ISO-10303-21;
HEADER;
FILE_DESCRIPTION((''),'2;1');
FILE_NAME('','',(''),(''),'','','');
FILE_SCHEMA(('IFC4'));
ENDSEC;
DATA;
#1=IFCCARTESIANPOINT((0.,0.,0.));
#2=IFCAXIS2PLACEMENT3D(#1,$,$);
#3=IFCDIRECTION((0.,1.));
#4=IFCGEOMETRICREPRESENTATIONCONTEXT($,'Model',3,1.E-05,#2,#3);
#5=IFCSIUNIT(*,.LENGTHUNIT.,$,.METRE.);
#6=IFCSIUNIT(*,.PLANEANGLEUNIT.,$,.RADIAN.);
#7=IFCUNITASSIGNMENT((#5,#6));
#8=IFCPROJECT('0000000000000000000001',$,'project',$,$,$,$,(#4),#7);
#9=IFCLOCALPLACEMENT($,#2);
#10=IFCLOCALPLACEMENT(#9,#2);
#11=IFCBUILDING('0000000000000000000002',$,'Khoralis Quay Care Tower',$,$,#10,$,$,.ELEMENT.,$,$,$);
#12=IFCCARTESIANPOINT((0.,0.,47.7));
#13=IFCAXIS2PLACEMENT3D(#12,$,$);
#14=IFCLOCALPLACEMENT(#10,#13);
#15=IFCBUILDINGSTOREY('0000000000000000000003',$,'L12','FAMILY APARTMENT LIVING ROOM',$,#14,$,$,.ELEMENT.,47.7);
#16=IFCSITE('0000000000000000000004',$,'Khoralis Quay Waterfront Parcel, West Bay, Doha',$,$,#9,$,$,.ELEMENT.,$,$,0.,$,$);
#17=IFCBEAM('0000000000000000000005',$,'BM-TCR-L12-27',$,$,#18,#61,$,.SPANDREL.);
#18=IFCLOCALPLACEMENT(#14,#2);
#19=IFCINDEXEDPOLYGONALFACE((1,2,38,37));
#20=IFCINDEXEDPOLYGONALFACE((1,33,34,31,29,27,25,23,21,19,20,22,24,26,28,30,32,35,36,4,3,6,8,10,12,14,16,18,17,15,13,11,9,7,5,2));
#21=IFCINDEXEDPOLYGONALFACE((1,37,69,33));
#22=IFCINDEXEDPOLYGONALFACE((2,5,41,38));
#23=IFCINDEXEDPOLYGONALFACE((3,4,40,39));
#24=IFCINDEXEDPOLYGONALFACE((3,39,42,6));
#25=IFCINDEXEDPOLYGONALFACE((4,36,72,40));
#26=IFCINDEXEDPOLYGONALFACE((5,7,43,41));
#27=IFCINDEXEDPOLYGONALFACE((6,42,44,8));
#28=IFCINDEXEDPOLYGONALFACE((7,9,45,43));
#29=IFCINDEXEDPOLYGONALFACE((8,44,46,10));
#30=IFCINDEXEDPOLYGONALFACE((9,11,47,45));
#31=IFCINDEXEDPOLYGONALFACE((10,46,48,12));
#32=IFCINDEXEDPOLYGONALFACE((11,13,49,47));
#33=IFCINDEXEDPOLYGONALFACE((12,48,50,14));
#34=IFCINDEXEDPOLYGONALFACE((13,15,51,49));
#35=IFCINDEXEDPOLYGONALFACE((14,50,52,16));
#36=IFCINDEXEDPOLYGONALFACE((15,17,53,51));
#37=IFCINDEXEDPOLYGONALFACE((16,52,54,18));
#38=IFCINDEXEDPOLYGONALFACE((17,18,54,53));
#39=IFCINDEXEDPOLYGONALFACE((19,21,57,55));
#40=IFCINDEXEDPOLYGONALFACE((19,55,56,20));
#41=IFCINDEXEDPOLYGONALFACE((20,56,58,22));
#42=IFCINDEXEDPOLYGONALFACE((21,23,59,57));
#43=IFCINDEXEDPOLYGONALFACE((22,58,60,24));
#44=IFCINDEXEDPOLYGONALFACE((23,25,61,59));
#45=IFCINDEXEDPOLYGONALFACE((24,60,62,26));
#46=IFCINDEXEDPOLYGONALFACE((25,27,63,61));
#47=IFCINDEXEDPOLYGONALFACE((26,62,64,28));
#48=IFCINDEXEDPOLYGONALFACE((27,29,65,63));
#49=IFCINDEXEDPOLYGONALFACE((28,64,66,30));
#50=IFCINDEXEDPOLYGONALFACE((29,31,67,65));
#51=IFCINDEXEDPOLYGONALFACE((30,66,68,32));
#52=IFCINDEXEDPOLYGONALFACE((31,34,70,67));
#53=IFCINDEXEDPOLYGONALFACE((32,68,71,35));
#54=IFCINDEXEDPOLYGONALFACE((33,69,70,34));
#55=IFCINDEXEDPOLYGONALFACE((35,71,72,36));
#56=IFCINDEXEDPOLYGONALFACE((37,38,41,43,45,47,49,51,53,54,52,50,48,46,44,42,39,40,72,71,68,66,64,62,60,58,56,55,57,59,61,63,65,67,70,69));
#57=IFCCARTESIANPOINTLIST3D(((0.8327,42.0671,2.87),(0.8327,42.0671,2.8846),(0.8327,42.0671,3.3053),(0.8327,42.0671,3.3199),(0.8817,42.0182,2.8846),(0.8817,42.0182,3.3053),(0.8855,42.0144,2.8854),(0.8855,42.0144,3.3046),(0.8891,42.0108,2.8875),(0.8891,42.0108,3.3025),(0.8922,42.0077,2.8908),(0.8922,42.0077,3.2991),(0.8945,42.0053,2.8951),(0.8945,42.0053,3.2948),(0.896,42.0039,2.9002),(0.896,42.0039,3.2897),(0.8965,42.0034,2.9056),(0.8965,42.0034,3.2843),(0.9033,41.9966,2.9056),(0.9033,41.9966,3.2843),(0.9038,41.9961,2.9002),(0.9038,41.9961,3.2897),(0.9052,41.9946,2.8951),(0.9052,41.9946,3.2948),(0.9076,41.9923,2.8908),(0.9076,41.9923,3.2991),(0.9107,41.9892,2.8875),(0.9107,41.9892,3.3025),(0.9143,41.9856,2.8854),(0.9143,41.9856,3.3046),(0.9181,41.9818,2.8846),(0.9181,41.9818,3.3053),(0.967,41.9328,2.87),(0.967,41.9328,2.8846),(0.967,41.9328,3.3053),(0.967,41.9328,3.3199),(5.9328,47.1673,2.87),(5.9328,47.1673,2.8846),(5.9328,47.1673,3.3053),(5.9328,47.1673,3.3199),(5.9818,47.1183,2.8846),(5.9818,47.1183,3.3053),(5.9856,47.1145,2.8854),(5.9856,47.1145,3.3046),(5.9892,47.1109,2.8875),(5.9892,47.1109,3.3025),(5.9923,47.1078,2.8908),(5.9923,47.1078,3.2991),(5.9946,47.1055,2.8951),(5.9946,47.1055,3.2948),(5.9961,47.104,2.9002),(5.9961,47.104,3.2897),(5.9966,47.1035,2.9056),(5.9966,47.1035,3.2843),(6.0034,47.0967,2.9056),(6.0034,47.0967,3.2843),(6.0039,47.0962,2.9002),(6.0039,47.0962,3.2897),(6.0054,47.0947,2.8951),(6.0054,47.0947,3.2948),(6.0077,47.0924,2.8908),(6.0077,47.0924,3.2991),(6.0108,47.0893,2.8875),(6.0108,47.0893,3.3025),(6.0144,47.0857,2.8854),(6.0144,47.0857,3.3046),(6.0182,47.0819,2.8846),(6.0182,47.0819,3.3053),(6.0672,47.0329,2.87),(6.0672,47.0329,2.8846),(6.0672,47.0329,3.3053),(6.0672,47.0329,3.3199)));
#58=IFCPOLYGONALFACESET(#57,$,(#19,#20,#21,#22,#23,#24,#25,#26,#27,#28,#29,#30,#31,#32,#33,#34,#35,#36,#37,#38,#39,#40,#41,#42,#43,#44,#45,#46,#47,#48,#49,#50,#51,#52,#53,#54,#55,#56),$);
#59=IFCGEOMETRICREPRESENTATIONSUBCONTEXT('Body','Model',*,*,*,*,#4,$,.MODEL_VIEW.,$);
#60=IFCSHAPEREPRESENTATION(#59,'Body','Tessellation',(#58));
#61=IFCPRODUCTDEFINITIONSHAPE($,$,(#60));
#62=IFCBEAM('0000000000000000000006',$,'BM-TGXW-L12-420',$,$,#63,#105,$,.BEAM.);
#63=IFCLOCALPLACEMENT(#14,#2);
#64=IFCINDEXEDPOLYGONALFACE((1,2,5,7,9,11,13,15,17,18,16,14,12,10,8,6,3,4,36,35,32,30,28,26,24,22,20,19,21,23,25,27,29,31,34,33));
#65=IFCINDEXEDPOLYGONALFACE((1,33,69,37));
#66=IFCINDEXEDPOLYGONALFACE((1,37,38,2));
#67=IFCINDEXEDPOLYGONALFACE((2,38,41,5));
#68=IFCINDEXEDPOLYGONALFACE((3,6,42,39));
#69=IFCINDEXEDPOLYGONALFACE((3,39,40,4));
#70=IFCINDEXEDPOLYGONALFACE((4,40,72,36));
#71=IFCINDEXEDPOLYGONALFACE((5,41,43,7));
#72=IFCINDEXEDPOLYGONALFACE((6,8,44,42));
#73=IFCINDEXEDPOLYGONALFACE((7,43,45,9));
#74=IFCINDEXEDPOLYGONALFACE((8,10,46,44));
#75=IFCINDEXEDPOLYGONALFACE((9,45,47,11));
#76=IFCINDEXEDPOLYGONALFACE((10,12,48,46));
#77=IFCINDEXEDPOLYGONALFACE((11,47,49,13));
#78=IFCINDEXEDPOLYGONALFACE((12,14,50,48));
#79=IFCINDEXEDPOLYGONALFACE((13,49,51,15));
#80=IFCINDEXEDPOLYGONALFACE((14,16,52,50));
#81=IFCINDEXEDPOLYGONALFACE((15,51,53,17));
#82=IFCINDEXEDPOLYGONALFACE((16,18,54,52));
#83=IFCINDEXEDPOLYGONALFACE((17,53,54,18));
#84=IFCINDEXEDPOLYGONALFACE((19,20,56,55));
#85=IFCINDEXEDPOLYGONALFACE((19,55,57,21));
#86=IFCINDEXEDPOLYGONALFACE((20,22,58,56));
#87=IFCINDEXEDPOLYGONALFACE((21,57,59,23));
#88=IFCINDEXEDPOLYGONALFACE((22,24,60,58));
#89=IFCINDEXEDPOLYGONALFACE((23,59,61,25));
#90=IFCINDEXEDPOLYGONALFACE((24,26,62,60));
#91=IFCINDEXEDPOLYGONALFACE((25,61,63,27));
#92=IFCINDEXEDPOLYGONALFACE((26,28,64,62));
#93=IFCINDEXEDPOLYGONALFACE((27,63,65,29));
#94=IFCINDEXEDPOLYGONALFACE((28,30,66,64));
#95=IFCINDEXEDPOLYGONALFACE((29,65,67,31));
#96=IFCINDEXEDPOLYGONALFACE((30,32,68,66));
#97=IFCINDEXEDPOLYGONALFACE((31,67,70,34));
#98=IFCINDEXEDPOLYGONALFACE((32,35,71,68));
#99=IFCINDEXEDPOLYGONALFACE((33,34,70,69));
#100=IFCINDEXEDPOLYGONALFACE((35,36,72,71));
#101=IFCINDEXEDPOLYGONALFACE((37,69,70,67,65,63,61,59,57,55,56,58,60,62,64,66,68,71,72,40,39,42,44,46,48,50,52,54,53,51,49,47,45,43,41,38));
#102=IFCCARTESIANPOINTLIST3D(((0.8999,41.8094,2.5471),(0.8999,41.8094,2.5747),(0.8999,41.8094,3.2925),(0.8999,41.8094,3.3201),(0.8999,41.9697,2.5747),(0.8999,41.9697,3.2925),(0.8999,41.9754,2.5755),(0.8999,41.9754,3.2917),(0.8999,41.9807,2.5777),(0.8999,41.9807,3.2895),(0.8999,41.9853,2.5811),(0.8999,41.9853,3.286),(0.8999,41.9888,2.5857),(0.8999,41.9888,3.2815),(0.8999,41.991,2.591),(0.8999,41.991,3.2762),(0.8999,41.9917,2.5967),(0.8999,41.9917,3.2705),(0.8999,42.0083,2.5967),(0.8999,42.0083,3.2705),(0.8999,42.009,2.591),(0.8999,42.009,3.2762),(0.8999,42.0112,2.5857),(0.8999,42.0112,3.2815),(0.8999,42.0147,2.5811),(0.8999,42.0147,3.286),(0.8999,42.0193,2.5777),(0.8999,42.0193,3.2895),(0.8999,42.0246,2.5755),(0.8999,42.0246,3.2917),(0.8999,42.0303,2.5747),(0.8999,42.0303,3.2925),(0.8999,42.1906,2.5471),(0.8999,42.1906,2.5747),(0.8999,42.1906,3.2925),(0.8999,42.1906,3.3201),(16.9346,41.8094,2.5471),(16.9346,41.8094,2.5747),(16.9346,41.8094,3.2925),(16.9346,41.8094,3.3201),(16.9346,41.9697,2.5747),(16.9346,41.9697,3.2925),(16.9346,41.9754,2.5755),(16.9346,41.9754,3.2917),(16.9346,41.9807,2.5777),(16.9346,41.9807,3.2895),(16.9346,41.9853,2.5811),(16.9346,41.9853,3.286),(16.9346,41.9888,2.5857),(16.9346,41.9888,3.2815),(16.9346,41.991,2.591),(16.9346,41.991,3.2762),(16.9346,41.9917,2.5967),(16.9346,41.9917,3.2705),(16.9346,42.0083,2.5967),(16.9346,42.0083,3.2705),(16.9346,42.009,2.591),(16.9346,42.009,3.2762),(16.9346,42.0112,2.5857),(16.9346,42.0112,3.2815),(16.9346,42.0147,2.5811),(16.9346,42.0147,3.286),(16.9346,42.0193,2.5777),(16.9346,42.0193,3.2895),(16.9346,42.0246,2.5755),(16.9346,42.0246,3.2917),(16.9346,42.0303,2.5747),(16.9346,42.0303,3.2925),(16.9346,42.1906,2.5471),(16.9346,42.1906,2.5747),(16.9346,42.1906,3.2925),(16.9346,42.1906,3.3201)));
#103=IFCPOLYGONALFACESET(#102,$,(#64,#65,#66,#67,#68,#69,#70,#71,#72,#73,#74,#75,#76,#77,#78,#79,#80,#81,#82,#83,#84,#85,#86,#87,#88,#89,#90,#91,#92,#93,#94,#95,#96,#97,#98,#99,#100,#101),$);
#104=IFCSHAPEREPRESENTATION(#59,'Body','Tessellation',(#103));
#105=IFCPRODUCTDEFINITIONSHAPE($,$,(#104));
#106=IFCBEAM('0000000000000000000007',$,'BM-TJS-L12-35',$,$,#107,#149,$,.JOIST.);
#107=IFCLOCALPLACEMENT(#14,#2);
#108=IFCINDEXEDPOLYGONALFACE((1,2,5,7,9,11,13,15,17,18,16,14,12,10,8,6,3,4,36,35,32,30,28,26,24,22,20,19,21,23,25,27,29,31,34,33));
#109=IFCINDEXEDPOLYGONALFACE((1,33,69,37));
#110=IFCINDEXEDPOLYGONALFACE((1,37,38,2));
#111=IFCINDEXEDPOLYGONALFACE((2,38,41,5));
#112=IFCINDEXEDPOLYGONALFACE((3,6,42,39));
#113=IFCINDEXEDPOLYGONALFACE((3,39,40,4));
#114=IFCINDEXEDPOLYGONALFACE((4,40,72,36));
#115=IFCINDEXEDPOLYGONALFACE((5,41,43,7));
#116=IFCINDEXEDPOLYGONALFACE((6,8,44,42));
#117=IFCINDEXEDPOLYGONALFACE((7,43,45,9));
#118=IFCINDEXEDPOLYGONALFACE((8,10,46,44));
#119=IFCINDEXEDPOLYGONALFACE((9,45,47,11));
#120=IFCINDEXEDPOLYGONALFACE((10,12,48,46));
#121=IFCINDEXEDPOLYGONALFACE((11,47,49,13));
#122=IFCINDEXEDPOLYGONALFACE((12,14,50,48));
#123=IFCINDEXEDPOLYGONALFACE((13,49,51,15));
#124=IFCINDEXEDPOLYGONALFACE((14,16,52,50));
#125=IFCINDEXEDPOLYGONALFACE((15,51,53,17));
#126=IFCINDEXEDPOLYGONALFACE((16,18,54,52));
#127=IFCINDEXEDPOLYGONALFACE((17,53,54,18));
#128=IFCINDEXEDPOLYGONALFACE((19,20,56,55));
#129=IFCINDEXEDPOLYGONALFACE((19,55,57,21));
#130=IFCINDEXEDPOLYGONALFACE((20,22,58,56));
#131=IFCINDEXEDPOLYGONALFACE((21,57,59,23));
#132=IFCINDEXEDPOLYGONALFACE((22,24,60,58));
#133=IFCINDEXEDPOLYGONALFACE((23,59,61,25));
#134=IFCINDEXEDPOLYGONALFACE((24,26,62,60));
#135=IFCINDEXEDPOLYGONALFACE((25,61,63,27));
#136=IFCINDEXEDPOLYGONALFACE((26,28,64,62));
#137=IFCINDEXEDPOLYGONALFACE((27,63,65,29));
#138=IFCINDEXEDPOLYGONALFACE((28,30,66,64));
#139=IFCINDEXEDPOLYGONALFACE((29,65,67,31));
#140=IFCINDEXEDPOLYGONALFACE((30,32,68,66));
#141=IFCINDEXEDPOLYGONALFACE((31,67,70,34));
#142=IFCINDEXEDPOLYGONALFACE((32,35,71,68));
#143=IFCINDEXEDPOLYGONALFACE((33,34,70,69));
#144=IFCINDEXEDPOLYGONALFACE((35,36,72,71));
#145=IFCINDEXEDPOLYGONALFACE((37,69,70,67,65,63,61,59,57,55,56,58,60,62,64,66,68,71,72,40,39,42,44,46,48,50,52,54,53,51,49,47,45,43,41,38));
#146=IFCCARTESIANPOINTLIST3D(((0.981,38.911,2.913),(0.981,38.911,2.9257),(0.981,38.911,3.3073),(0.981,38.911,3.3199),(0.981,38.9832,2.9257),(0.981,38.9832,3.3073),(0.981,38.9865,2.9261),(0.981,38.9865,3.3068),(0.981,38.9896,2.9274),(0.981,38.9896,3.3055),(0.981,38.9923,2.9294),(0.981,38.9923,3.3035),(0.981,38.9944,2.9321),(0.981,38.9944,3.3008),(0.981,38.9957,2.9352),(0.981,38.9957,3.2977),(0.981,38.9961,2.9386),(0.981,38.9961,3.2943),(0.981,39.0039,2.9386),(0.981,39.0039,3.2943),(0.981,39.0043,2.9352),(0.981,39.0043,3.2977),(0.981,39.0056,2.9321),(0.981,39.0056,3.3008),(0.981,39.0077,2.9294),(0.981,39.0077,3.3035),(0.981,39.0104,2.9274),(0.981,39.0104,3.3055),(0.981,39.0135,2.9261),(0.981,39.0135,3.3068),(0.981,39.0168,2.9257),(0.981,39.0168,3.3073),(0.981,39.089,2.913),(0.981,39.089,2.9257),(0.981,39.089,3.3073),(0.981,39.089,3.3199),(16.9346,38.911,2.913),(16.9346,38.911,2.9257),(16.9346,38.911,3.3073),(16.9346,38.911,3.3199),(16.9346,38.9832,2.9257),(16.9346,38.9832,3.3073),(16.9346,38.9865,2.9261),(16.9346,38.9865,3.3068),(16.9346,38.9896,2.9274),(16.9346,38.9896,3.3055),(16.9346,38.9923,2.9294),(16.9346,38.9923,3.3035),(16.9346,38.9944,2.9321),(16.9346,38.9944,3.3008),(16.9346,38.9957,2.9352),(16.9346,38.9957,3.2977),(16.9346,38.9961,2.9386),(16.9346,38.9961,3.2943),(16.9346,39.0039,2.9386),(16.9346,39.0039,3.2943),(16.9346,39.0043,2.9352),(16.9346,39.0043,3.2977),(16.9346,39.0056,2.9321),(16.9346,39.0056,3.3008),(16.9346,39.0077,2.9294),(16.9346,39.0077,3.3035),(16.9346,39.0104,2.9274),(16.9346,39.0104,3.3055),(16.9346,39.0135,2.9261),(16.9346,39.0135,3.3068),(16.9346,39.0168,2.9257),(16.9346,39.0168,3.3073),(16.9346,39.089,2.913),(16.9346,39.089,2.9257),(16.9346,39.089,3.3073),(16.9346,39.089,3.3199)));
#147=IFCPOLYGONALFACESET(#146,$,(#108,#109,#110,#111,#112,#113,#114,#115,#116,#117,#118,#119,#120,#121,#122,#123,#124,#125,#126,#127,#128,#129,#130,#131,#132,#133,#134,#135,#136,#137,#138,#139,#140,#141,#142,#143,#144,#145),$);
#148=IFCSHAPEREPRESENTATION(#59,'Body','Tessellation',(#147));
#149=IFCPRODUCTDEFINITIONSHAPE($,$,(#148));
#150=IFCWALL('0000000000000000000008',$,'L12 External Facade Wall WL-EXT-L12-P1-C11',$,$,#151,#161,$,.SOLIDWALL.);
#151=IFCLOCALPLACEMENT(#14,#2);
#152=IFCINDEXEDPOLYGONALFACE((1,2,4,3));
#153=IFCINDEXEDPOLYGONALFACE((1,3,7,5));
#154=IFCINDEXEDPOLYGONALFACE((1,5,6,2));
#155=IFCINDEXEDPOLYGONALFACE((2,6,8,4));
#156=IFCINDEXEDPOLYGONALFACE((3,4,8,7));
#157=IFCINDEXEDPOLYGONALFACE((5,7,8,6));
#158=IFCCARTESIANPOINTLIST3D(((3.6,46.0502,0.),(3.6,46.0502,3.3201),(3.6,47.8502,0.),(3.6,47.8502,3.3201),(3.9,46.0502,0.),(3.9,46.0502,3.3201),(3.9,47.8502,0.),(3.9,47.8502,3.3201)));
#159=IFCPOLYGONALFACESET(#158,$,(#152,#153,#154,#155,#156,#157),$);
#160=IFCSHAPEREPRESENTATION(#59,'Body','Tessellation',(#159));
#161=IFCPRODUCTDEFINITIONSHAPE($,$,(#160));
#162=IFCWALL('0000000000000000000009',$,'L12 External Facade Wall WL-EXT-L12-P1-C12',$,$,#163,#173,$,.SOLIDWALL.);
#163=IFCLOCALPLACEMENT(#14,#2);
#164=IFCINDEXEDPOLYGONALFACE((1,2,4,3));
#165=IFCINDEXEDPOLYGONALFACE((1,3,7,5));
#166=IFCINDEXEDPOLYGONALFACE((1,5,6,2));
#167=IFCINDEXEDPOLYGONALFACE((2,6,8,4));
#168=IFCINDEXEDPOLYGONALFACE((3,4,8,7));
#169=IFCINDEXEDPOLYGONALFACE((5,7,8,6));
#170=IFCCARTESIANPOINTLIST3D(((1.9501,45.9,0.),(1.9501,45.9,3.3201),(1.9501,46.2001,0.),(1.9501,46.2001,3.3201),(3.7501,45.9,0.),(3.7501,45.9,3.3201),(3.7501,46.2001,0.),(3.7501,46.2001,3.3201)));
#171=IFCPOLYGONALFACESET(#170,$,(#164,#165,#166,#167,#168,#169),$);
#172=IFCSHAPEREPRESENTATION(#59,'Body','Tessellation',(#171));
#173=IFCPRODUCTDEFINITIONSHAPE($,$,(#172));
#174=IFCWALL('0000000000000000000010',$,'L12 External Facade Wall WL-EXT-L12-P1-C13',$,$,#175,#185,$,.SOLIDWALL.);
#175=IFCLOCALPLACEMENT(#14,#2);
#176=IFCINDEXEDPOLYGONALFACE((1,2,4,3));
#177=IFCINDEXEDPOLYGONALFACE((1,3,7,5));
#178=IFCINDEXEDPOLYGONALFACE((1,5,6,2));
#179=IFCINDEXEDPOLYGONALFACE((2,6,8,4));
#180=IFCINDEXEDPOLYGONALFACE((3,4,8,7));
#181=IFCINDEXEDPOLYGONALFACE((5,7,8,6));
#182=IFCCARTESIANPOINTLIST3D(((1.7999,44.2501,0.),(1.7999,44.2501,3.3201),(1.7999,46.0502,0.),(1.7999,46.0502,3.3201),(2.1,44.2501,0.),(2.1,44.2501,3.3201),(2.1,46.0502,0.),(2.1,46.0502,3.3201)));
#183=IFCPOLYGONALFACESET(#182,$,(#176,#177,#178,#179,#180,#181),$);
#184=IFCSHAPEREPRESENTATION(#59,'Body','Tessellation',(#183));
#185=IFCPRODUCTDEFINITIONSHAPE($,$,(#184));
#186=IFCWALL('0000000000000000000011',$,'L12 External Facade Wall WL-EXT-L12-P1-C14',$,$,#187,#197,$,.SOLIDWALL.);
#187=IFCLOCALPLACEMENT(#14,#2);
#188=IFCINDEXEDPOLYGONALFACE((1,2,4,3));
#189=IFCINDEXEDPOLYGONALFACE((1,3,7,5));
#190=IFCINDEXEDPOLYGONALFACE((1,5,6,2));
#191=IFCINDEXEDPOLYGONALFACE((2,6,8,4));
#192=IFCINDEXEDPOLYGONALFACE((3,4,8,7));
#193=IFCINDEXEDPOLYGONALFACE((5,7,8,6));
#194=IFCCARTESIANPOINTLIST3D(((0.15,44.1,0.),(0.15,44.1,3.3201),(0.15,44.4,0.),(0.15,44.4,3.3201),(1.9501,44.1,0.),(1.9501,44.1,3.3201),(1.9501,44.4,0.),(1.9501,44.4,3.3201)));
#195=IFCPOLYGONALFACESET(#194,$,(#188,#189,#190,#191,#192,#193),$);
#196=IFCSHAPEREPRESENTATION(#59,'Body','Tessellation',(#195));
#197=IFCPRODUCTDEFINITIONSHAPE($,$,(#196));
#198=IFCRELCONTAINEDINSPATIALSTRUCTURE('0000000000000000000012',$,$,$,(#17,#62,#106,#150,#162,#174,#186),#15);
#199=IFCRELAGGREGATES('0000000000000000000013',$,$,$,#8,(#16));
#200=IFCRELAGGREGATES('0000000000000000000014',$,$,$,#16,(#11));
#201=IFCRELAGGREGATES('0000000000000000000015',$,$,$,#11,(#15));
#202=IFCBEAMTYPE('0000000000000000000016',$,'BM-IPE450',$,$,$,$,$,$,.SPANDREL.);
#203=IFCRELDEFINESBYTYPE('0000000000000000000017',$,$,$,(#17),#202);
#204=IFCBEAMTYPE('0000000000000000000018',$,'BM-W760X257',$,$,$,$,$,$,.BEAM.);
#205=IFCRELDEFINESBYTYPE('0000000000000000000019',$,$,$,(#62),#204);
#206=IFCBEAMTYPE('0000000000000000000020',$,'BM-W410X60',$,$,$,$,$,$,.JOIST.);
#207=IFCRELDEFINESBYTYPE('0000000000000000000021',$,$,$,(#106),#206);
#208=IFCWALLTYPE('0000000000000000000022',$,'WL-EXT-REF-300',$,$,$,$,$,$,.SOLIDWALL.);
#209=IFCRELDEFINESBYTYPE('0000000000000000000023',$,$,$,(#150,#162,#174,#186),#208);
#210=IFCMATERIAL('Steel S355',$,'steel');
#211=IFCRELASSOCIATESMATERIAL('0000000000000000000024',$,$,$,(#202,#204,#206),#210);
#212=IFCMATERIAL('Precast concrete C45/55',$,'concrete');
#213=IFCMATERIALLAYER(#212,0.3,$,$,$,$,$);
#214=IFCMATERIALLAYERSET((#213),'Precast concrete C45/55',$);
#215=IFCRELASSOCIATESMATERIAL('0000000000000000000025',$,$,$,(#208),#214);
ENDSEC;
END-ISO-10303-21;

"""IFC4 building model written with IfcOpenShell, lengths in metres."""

from ifc_helpers import new_model, si_unit, direction, frame, frame_2d, origin, origin_2d, place, context, subcontext, project, spatial, rectangle, i_section, extrude, source, transform, mapped, material, layer, layer_set, material_profile, profile_set, type_object, element, save


model = new_model("IFC4")

# Units and contexts
model_context = context("Model", 3, precision=1e-05, world=origin(), true_north=direction((0.0, 1.0)))
body_context = subcontext(model_context, "Body", "Model", "MODEL_VIEW")
ifc_project = project(units=[si_unit("LENGTHUNIT", "METRE"), si_unit("PLANEANGLEUNIT", "RADIAN")], contexts=[model_context])

# Site, building, storey
site_placement = place(None, origin())
site = spatial("IfcSite", under=ifc_project, at=site_placement, Name="Khoralis Quay Waterfront Parcel, West Bay, Doha", CompositionType="ELEMENT", RefElevation=0.0)
building_placement = place(site_placement, origin())
building = spatial("IfcBuilding", under=site, at=building_placement, Name="Khoralis Quay Care Tower", CompositionType="ELEMENT")
storey_placement = place(building_placement, frame((0.0, 0.0, 47.7)))
storey = spatial("IfcBuildingStorey", under=building, at=storey_placement, Name="L12", Description="FAMILY APARTMENT LIVING ROOM", CompositionType="ELEMENT", Elevation=47.7)

# Beams
ifc_material_1 = material(Name="Steel S355", Category="steel")
ifc_material_profile_1 = material_profile(ifc_material_1, i_section(OverallWidth=0.1899, OverallDepth=0.45, WebThickness=0.0095, FlangeThickness=0.0146, FilletRadius=0.021, at=origin_2d()), Name="Steel S355")
ifc_profile_set_1 = profile_set([ifc_material_profile_1], Name="Steel S355")
beam_type_1 = type_object("IfcBeamType", Name="BM-IPE450", PredefinedType="SPANDREL", material=ifc_profile_set_1)
shared_shape_1 = source(origin(), body_context, "Body", "SweptSolid", [
    extrude(i_section(OverallWidth=0.1899, OverallDepth=0.45, WebThickness=0.0095, FlangeThickness=0.0146, FilletRadius=0.021, at=origin_2d()), origin(), (0.0, 0.0, 1.0), 7.2126),
])
beam_1_placement = place(storey_placement, frame((6.0, 47.1001, 3.095), z_axis=(-0.707107, -0.707107, 0.0), x_axis=(0.707107, -0.707107, 0.0)))
element("IfcBeam", 1, at=beam_1_placement, inside=storey, type_object=beam_type_1, Name="BM-TCR-L12-27", PredefinedType="SPANDREL", context=body_context, shape_type="MappedRepresentation", body=[
    mapped(shared_shape_1, transform((0.0, 0.0, 0.0), scale=1.0)),
])
ifc_material_profile_2 = material_profile(ifc_material_1, i_section(OverallWidth=0.3811, OverallDepth=0.7729, WebThickness=0.0166, FlangeThickness=0.0276, FilletRadius=0.022, at=origin_2d()), Name="Steel S355")
ifc_profile_set_2 = profile_set([ifc_material_profile_2], Name="Steel S355")
beam_type_2 = type_object("IfcBeamType", Name="BM-W760X257", PredefinedType="BEAM", material=ifc_profile_set_2)
shared_shape_2 = source(origin(), body_context, "Body", "SweptSolid", [
    extrude(i_section(OverallWidth=0.3811, OverallDepth=0.7729, WebThickness=0.0166, FlangeThickness=0.0276, FilletRadius=0.022, at=origin_2d()), origin(), (0.0, 0.0, 1.0), 16.0347),
])
beam_2_placement = place(storey_placement, frame((0.8999, 42.0, 2.9336), z_axis=(1.0, 0.0, 0.0), x_axis=(0.0, 1.0, 0.0)))
element("IfcBeam", 2, at=beam_2_placement, inside=storey, type_object=beam_type_2, Name="BM-TGXW-L12-420", PredefinedType="BEAM", context=body_context, shape_type="MappedRepresentation", body=[
    mapped(shared_shape_2, transform((0.0, 0.0, 0.0), scale=1.0)),
])
ifc_material_profile_3 = material_profile(ifc_material_1, i_section(OverallWidth=0.178, OverallDepth=0.407, WebThickness=0.0078, FlangeThickness=0.0127, FilletRadius=0.0129, at=origin_2d()), Name="Steel S355")
ifc_profile_set_3 = profile_set([ifc_material_profile_3], Name="Steel S355")
beam_type_3 = type_object("IfcBeamType", Name="BM-W410X60", PredefinedType="JOIST", material=ifc_profile_set_3)
shared_shape_3 = source(origin(), body_context, "Body", "SweptSolid", [
    extrude(i_section(OverallWidth=0.178, OverallDepth=0.407, WebThickness=0.0078, FlangeThickness=0.0127, FilletRadius=0.0129, at=origin_2d()), origin(), (0.0, 0.0, 1.0), 15.9536),
])
beam_3_placement = place(storey_placement, frame((0.981, 39.0, 3.1165), z_axis=(1.0, 0.0, 0.0), x_axis=(0.0, 1.0, 0.0)))
element("IfcBeam", 3, at=beam_3_placement, inside=storey, type_object=beam_type_3, Name="BM-TJS-L12-35", PredefinedType="JOIST", context=body_context, shape_type="MappedRepresentation", body=[
    mapped(shared_shape_3, transform((0.0, 0.0, 0.0), scale=1.0)),
])

# Walls
ifc_material_2 = material(Name="Precast concrete C45/55", Category="concrete")
ifc_layer_1 = layer(ifc_material_2, 0.3)
ifc_layer_set_1 = layer_set([ifc_layer_1], Name="Precast concrete C45/55")
wall_type_1 = type_object("IfcWallType", Name="WL-EXT-REF-300", PredefinedType="SOLIDWALL", material=ifc_layer_set_1)
for number, where, z_axis, x_axis, name in (
    (4, (3.75, 47.8501, 0.0), (0.0, 0.0, 1.0), (0.0, -1.0, 0.0), "L12 External Facade Wall WL-EXT-L12-P1-C11"),
    (5, (3.75, 46.05, 0.0), (0.0, 0.0, 1.0), (-1.0, 0.0, 0.0), "L12 External Facade Wall WL-EXT-L12-P1-C12"),
    (6, (1.95, 46.05, 0.0), (0.0, 0.0, 1.0), (0.0, -1.0, 0.0), "L12 External Facade Wall WL-EXT-L12-P1-C13"),
    (7, (1.95, 44.25, 0.0), (0.0, 0.0, 1.0), (-1.0, 0.0, 0.0), "L12 External Facade Wall WL-EXT-L12-P1-C14"),
):
    element("IfcWall", number, at=place(storey_placement, frame(where, z_axis=z_axis, x_axis=x_axis)), inside=storey, type_object=wall_type_1, Name=name, PredefinedType="SOLIDWALL", context=body_context, shape_type="SweptSolid", body=[
        extrude(rectangle(XDim=1.8, YDim=0.3, at=frame_2d((0.8999, 0.0))), origin(), (0.0, 0.0, 1.0), 3.3201),
    ])

save(model, "model.ifc")
